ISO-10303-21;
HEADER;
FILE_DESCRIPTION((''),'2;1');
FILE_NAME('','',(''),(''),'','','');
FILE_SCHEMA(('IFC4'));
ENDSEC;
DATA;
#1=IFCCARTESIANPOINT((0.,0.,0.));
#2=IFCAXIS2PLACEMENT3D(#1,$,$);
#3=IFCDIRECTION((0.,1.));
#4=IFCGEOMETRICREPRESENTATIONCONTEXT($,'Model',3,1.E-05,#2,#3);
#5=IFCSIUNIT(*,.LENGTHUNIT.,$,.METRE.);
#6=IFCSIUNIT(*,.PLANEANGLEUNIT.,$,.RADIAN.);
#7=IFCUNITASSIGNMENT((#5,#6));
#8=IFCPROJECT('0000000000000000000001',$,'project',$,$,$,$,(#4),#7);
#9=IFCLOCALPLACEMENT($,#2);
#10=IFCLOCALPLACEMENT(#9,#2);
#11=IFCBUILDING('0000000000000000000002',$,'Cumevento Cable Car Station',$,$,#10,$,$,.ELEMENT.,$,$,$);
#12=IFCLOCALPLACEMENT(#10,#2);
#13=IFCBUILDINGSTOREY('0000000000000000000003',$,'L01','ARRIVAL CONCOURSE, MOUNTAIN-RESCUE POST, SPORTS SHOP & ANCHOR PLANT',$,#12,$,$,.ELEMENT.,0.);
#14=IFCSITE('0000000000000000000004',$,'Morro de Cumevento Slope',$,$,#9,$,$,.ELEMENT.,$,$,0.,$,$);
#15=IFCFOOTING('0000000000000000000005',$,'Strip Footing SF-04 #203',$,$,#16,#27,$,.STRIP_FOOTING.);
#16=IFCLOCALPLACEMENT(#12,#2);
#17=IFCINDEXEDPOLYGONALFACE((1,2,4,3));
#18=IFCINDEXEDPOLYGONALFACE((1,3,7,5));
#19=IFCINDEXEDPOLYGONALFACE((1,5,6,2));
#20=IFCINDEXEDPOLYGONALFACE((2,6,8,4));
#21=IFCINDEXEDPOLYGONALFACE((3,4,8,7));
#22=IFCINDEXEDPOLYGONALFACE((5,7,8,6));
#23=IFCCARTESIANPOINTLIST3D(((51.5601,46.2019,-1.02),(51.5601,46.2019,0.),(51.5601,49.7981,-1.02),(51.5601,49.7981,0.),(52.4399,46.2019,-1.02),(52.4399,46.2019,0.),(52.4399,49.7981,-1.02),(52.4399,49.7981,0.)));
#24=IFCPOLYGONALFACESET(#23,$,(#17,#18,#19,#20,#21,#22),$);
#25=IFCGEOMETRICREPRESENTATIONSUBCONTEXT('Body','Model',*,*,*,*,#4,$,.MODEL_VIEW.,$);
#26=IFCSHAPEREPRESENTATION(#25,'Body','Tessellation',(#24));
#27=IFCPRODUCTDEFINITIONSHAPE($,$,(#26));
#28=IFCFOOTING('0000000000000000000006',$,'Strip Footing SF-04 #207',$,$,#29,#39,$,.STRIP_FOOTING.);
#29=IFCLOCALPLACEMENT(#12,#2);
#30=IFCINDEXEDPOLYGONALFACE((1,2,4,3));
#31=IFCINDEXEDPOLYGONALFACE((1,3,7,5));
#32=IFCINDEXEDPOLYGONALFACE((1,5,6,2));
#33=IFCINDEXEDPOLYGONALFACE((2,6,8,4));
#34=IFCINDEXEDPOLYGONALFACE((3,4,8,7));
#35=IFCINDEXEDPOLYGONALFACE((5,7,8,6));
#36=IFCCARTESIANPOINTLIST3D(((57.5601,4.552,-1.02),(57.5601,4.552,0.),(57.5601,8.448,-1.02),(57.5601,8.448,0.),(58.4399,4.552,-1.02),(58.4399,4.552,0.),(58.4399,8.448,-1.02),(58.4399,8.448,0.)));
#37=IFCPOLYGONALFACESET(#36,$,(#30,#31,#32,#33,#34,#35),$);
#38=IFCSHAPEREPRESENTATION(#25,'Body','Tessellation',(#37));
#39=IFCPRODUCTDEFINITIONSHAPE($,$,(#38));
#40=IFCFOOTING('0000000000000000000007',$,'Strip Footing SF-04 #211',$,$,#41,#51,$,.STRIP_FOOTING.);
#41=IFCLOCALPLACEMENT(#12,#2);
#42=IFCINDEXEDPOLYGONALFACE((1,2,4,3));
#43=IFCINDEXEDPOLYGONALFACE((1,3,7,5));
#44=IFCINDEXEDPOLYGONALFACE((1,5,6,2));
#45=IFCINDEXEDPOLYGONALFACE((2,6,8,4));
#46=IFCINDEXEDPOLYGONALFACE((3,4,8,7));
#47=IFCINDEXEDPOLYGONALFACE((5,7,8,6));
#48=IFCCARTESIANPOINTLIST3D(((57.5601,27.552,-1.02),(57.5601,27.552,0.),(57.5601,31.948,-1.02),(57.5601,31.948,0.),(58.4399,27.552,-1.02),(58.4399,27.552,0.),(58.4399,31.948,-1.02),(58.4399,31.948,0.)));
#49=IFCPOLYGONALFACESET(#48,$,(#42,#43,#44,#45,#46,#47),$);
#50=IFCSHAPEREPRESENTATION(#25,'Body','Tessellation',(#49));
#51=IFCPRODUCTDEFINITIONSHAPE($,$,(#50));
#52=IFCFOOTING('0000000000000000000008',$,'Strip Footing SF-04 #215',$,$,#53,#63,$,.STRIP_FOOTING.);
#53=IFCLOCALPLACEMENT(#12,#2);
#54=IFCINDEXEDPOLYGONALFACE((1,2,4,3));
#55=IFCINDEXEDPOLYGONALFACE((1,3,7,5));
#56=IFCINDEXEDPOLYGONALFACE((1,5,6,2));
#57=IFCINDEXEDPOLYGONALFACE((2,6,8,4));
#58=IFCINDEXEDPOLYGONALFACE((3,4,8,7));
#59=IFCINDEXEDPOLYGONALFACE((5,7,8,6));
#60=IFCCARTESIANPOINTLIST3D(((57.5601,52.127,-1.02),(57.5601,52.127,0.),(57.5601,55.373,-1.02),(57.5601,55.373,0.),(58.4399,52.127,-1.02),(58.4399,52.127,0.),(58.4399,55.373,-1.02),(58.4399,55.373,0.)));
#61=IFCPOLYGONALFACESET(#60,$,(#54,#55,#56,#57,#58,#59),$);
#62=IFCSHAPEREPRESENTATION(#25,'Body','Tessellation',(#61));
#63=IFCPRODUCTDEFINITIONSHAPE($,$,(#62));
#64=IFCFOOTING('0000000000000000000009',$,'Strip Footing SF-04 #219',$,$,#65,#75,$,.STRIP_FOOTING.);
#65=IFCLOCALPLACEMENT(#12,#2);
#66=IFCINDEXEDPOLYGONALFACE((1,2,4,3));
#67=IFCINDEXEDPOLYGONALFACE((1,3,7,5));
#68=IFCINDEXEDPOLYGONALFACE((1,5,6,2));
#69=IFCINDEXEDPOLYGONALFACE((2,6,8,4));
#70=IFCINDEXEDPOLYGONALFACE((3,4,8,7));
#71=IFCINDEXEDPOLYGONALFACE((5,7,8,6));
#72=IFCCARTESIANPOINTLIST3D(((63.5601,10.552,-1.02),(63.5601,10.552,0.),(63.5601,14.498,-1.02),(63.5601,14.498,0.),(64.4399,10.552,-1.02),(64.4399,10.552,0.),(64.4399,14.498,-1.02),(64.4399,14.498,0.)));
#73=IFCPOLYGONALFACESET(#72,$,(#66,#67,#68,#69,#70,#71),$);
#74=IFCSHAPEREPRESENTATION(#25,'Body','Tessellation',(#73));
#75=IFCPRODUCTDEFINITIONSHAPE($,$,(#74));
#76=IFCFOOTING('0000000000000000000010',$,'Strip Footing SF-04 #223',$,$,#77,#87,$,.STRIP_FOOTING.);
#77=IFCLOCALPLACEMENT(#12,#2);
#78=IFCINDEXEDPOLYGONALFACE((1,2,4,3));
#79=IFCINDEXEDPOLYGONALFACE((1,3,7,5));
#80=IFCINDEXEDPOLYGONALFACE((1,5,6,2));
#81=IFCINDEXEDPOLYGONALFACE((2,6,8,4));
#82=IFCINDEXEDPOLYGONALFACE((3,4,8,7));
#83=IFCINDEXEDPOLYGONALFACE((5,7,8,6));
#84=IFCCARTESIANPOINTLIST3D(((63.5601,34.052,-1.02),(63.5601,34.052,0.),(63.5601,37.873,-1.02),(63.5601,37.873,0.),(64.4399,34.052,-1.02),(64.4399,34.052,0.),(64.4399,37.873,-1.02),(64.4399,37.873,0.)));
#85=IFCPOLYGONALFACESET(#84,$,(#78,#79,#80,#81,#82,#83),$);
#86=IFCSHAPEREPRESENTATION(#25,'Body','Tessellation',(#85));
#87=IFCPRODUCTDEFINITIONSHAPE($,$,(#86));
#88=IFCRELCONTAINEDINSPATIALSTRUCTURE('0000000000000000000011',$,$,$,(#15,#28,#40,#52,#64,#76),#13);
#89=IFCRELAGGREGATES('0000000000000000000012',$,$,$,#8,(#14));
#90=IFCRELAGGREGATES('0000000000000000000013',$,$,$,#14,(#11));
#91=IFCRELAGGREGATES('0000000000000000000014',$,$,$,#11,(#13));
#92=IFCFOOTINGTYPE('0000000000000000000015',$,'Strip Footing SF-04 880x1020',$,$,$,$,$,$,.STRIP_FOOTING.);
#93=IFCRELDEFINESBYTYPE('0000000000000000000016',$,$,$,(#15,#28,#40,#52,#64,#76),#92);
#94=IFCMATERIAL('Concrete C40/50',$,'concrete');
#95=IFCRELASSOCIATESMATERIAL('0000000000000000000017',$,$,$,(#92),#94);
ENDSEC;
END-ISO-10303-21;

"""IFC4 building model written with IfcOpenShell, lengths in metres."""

from ifc_helpers import new_model, si_unit, direction, frame, origin, place, context, subcontext, project, spatial, polyline, outline, extrude, material, type_object, element, save


model = new_model("IFC4")

# Units and contexts
model_context = context("Model", 3, precision=1e-05, world=origin(), true_north=direction((0.0, 1.0)))
body_context = subcontext(model_context, "Body", "Model", "MODEL_VIEW")
ifc_project = project(units=[si_unit("LENGTHUNIT", "METRE"), si_unit("PLANEANGLEUNIT", "RADIAN")], contexts=[model_context])

# Site, building, storey
site_placement = place(None, origin())
site = spatial("IfcSite", under=ifc_project, at=site_placement, Name="Morro de Cumevento Slope", CompositionType="ELEMENT", RefElevation=0.0)
building_placement = place(site_placement, origin())
building = spatial("IfcBuilding", under=site, at=building_placement, Name="Cumevento Cable Car Station", CompositionType="ELEMENT")
storey_placement = place(building_placement, origin())
storey = spatial("IfcBuildingStorey", under=building, at=storey_placement, Name="L01", Description="ARRIVAL CONCOURSE, MOUNTAIN-RESCUE POST, SPORTS SHOP & ANCHOR PLANT", CompositionType="ELEMENT", Elevation=0.0)

# Footings
ifc_material_1 = material(Name="Concrete C40/50", Category="concrete")
footing_type_1 = type_object("IfcFootingType", Name="Strip Footing SF-04 880x1020", PredefinedType="STRIP_FOOTING", material=ifc_material_1)
footing_1_placement = place(storey_placement, frame((0.0, 0.0, -1.02)))
element("IfcFooting", 1, at=footing_1_placement, inside=storey, type_object=footing_type_1, Name="Strip Footing SF-04 #203", PredefinedType="STRIP_FOOTING", context=body_context, shape_type="SweptSolid", body=[
    extrude(outline(polyline([(51.5601, 46.2019), (52.4399, 46.2019), (52.4399, 49.7981), (51.5601, 49.7981), (51.5601, 46.2019)])), origin(), (0.0, 0.0, 1.0), 1.02),
])
footing_2_placement = place(storey_placement, frame((0.0, 0.0, -1.02)))
element("IfcFooting", 2, at=footing_2_placement, inside=storey, type_object=footing_type_1, Name="Strip Footing SF-04 #207", PredefinedType="STRIP_FOOTING", context=body_context, shape_type="SweptSolid", body=[
    extrude(outline(polyline([(57.5601, 4.552), (58.4399, 4.552), (58.4399, 8.448), (57.5601, 8.448), (57.5601, 4.552)])), origin(), (0.0, 0.0, 1.0), 1.02),
])
footing_3_placement = place(storey_placement, frame((0.0, 0.0, -1.02)))
element("IfcFooting", 3, at=footing_3_placement, inside=storey, type_object=footing_type_1, Name="Strip Footing SF-04 #211", PredefinedType="STRIP_FOOTING", context=body_context, shape_type="SweptSolid", body=[
    extrude(outline(polyline([(57.5601, 27.552), (58.4399, 27.552), (58.4399, 31.948), (57.5601, 31.948), (57.5601, 27.552)])), origin(), (0.0, 0.0, 1.0), 1.02),
])
footing_4_placement = place(storey_placement, frame((0.0, 0.0, -1.02)))
element("IfcFooting", 4, at=footing_4_placement, inside=storey, type_object=footing_type_1, Name="Strip Footing SF-04 #215", PredefinedType="STRIP_FOOTING", context=body_context, shape_type="SweptSolid", body=[
    extrude(outline(polyline([(57.5601, 52.127), (58.4399, 52.127), (58.4399, 55.373), (57.5601, 55.373), (57.5601, 52.127)])), origin(), (0.0, 0.0, 1.0), 1.02),
])
footing_5_placement = place(storey_placement, frame((0.0, 0.0, -1.02)))
element("IfcFooting", 5, at=footing_5_placement, inside=storey, type_object=footing_type_1, Name="Strip Footing SF-04 #219", PredefinedType="STRIP_FOOTING", context=body_context, shape_type="SweptSolid", body=[
    extrude(outline(polyline([(63.5601, 10.552), (64.4399, 10.552), (64.4399, 14.498), (63.5601, 14.498), (63.5601, 10.552)])), origin(), (0.0, 0.0, 1.0), 1.02),
])
footing_6_placement = place(storey_placement, frame((0.0, 0.0, -1.02)))
element("IfcFooting", 6, at=footing_6_placement, inside=storey, type_object=footing_type_1, Name="Strip Footing SF-04 #223", PredefinedType="STRIP_FOOTING", context=body_context, shape_type="SweptSolid", body=[
    extrude(outline(polyline([(63.5601, 34.052), (64.4399, 34.052), (64.4399, 37.873), (63.5601, 37.873), (63.5601, 34.052)])), origin(), (0.0, 0.0, 1.0), 1.02),
])

save(model, "model.ifc")
